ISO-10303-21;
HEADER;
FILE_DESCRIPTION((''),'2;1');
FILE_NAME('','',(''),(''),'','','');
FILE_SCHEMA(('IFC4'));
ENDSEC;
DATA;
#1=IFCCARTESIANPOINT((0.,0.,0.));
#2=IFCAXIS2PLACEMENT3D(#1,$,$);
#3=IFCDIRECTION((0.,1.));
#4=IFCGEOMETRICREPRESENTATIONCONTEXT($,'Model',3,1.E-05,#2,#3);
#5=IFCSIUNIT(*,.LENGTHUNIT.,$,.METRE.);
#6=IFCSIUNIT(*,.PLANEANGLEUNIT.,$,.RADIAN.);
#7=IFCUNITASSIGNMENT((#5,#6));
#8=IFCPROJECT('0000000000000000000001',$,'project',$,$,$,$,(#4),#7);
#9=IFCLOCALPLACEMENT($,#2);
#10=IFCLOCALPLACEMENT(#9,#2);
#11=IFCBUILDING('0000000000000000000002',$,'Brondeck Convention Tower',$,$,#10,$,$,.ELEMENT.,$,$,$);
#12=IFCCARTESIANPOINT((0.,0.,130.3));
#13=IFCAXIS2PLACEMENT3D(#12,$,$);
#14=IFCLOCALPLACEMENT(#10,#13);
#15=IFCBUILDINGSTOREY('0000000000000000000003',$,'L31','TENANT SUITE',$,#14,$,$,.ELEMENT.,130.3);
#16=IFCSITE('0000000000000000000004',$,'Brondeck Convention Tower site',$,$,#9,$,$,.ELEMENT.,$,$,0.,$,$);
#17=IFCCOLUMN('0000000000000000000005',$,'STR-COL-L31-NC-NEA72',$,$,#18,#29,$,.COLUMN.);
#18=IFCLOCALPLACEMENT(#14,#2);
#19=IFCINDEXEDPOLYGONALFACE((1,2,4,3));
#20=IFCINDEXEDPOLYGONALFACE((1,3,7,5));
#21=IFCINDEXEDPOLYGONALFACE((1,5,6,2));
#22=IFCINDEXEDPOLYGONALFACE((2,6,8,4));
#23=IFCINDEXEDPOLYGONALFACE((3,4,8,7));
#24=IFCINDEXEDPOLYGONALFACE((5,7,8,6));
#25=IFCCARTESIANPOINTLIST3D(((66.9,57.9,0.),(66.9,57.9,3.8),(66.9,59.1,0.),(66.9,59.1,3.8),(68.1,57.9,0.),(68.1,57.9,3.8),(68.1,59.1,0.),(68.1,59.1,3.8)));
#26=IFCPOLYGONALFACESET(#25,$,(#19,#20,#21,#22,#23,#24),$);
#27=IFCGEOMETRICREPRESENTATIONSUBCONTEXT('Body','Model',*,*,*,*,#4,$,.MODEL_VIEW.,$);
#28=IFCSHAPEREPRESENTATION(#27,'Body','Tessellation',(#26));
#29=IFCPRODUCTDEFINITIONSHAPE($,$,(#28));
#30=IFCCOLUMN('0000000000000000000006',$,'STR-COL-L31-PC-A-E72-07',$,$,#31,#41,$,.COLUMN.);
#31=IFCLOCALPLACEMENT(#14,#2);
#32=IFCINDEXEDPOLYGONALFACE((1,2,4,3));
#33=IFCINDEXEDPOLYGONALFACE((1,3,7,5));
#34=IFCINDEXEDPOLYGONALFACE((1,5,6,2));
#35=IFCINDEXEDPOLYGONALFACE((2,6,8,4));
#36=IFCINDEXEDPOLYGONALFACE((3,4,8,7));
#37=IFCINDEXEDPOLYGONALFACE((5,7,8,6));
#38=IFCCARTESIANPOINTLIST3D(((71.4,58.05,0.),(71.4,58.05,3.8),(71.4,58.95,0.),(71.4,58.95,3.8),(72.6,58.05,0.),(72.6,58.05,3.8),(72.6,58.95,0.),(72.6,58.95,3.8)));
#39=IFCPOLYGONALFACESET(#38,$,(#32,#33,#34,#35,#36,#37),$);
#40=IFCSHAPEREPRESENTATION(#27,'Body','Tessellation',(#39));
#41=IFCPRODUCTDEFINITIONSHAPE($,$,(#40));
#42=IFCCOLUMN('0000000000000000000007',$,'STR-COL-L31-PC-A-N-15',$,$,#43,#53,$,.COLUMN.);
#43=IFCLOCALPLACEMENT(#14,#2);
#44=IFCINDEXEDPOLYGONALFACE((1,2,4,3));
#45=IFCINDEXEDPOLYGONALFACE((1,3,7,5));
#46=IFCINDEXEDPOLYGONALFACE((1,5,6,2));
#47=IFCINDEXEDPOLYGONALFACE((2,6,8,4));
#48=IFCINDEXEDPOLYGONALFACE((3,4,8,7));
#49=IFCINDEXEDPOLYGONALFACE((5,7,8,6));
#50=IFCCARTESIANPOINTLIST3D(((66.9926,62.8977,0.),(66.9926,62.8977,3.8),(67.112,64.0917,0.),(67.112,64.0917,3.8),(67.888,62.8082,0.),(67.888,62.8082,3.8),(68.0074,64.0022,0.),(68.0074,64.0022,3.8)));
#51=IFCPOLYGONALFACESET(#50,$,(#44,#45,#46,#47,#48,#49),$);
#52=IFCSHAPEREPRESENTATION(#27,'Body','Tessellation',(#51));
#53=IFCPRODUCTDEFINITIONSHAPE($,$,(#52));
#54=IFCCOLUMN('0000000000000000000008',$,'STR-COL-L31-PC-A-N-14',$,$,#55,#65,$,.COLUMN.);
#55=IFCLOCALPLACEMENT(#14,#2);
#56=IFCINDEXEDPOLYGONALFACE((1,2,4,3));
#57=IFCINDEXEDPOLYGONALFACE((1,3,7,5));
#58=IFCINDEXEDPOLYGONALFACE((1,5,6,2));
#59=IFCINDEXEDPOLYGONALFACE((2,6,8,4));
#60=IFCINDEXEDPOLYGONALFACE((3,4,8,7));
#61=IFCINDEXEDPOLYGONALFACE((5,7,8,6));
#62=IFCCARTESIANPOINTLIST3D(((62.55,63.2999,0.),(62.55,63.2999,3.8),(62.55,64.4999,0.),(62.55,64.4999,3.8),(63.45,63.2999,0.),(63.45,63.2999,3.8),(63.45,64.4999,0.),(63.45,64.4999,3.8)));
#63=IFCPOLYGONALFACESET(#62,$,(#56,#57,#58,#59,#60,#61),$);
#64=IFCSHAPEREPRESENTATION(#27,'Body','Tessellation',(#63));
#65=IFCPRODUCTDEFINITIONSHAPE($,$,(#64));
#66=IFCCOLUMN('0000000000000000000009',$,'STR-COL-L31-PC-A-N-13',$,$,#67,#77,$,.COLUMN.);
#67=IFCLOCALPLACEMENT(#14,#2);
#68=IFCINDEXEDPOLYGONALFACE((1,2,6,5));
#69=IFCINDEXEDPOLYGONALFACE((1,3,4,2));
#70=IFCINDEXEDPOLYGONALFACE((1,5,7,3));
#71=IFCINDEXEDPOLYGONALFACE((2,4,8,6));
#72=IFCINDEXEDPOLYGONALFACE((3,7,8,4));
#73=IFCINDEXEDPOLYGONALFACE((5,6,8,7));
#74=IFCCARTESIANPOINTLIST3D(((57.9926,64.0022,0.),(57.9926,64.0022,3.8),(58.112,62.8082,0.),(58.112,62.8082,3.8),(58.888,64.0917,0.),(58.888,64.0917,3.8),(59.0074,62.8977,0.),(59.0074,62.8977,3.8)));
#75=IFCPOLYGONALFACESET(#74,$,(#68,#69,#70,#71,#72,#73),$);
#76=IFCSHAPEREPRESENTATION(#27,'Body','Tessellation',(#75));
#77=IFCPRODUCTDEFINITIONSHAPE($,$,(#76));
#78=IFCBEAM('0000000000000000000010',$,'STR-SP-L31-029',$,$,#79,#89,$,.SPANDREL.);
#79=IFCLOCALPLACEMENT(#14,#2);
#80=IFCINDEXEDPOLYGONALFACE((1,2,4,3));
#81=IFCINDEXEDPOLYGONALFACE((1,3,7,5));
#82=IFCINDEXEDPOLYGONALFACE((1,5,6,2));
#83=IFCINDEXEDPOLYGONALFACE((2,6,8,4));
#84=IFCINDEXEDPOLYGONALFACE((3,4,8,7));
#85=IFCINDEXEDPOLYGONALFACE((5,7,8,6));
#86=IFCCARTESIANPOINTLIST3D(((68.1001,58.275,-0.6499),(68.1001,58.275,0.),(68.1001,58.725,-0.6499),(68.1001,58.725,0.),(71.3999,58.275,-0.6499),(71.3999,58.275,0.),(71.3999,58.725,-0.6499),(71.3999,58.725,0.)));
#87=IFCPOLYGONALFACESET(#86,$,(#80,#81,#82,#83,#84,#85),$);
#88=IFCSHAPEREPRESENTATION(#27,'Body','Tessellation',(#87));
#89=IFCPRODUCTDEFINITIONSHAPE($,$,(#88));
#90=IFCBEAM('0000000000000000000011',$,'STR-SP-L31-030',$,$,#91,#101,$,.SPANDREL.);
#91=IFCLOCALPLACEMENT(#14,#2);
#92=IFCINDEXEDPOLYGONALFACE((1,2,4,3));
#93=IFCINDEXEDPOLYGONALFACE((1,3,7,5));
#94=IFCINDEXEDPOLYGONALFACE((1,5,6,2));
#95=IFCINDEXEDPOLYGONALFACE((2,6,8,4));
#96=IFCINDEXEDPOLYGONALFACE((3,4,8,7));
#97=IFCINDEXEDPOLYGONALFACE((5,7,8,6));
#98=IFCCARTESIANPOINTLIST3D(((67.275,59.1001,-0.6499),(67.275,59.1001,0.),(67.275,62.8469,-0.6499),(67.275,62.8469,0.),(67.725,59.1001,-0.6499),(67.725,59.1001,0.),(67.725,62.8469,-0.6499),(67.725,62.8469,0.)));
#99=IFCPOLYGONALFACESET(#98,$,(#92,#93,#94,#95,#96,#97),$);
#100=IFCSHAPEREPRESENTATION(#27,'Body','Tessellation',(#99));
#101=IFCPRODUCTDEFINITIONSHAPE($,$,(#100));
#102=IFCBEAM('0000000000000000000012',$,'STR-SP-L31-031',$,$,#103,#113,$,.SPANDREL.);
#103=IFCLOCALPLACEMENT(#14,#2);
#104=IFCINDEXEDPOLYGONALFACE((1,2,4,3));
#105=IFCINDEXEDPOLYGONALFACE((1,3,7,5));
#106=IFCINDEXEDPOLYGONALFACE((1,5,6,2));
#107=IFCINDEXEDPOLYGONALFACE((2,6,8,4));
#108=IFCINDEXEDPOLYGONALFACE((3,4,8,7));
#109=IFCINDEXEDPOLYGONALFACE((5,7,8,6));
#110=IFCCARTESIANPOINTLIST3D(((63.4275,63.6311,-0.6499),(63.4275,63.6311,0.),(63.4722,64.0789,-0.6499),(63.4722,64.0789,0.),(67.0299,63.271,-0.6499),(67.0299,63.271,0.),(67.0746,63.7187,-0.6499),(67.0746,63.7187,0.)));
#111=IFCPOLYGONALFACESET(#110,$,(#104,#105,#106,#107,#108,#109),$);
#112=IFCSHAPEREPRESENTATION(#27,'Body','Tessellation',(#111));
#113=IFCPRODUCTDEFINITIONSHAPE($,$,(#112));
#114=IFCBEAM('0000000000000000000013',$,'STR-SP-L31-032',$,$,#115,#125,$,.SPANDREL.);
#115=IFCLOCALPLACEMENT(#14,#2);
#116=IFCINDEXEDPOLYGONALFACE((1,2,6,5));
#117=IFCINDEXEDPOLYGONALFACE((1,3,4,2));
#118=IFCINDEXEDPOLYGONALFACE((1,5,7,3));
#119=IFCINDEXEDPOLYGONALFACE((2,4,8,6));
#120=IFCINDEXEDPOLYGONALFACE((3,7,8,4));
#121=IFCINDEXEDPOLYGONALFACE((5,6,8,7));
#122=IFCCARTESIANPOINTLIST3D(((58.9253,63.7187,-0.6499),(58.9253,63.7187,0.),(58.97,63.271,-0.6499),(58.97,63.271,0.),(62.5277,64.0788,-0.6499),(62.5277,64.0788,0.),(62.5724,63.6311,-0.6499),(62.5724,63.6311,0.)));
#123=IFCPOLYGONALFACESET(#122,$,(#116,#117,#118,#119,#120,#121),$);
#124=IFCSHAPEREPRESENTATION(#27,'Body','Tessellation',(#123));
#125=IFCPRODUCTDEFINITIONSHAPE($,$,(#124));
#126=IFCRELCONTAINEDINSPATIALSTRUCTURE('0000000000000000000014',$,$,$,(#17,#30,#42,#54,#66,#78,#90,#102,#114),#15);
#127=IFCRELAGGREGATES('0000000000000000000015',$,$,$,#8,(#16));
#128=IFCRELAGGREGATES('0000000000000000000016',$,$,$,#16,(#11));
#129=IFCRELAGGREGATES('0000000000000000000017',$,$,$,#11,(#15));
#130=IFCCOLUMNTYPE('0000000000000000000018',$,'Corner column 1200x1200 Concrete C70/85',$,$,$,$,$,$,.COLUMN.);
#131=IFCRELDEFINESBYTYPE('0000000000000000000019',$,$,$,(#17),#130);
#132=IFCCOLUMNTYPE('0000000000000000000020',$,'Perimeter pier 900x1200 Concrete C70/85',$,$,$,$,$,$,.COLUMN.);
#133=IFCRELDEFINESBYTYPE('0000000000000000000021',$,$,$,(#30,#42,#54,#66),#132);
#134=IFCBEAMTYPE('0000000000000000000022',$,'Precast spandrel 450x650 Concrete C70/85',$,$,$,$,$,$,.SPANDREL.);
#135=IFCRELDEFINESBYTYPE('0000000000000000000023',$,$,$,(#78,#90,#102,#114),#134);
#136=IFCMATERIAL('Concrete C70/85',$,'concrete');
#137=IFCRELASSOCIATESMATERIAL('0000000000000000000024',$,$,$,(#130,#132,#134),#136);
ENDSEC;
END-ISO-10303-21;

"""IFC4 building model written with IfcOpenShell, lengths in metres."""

from ifc_helpers import new_model, si_unit, direction, frame, origin, origin_2d, place, context, subcontext, project, spatial, rectangle, extrude, material, material_profile, profile_set, type_object, element, save


model = new_model("IFC4")

# Units and contexts
model_context = context("Model", 3, precision=1e-05, world=origin(), true_north=direction((0.0, 1.0)))
body_context = subcontext(model_context, "Body", "Model", "MODEL_VIEW")
ifc_project = project(units=[si_unit("LENGTHUNIT", "METRE"), si_unit("PLANEANGLEUNIT", "RADIAN")], contexts=[model_context])

# Site, building, storey
site_placement = place(None, origin())
site = spatial("IfcSite", under=ifc_project, at=site_placement, Name="Brondeck Convention Tower site", CompositionType="ELEMENT", RefElevation=0.0)
building_placement = place(site_placement, origin())
building = spatial("IfcBuilding", under=site, at=building_placement, Name="Brondeck Convention Tower", CompositionType="ELEMENT")
storey_placement = place(building_placement, frame((0.0, 0.0, 130.3)))
storey = spatial("IfcBuildingStorey", under=building, at=storey_placement, Name="L31", Description="TENANT SUITE", CompositionType="ELEMENT", Elevation=130.3)

# Columns
ifc_material_1 = material(Name="Concrete C70/85", Category="concrete")
ifc_material_profile_1 = material_profile(ifc_material_1, rectangle(XDim=1.2, YDim=1.2, at=origin_2d()), Name="Corner column 1200x1200 Concrete C70/85")
ifc_profile_set_1 = profile_set([ifc_material_profile_1], Name="Concrete C70/85")
column_type_1 = type_object("IfcColumnType", Name="Corner column 1200x1200 Concrete C70/85", PredefinedType="COLUMN", material=ifc_profile_set_1)
column_placement = place(storey_placement, frame((67.5, 58.5, 0.0), z_axis=(0.0, 0.0, 1.0), x_axis=(1.0, 0.0, 0.0)))
element("IfcColumn", 1, at=column_placement, inside=storey, type_object=column_type_1, Name="STR-COL-L31-NC-NEA72", PredefinedType="COLUMN", context=body_context, shape_type="SweptSolid", body=[
    extrude(rectangle(XDim=1.2, YDim=1.2, at=origin_2d()), origin(), (0.0, 0.0, 1.0), 3.8),
])
ifc_material_profile_2 = material_profile(ifc_material_1, rectangle(XDim=0.8999, YDim=1.2, at=origin_2d()), Name="Perimeter pier 900x1200 Concrete C70/85")
ifc_profile_set_2 = profile_set([ifc_material_profile_2], Name="Concrete C70/85")
column_type_2 = type_object("IfcColumnType", Name="Perimeter pier 900x1200 Concrete C70/85", PredefinedType="COLUMN", material=ifc_profile_set_2)
for number, where, z_axis, x_axis, name in (
    (2, (72.0, 58.5, 0.0), (0.0, 0.0, 1.0), (0.0, 1.0, 0.0), "STR-COL-L31-PC-A-E72-07"),
    (3, (67.5, 63.45, 0.0), (0.0, 0.0, 1.0), (-0.995037, 0.099504, 0.0), "STR-COL-L31-PC-A-N-15"),
    (4, (63.0, 63.8999, 0.0), (0.0, 0.0, 1.0), (-1.0, 0.0, 0.0), "STR-COL-L31-PC-A-N-14"),
    (5, (58.5, 63.45, 0.0), (0.0, 0.0, 1.0), (-0.995037, -0.099504, 0.0), "STR-COL-L31-PC-A-N-13"),
):
    element("IfcColumn", number, at=place(storey_placement, frame(where, z_axis=z_axis, x_axis=x_axis)), inside=storey, type_object=column_type_2, Name=name, PredefinedType="COLUMN", context=body_context, shape_type="SweptSolid", body=[
        extrude(rectangle(XDim=0.8999, YDim=1.2, at=origin_2d()), origin(), (0.0, 0.0, 1.0), 3.8),
    ])

# Beams
ifc_material_profile_3 = material_profile(ifc_material_1, rectangle(XDim=0.45, YDim=0.6499, at=origin_2d()), Name="Precast spandrel 450x650 Concrete C70/85")
ifc_profile_set_3 = profile_set([ifc_material_profile_3], Name="Concrete C70/85")
beam_type = type_object("IfcBeamType", Name="Precast spandrel 450x650 Concrete C70/85", PredefinedType="SPANDREL", material=ifc_profile_set_3)
beam_1_placement = place(storey_placement, frame((71.3999, 58.5, -0.325), z_axis=(-1.0, 0.0, 0.0), x_axis=(0.0, -1.0, 0.0)))
element("IfcBeam", 6, at=beam_1_placement, inside=storey, type_object=beam_type, Name="STR-SP-L31-029", PredefinedType="SPANDREL", context=body_context, shape_type="SweptSolid", body=[
    extrude(rectangle(XDim=0.45, YDim=0.6499, at=origin_2d()), origin(), (0.0, 0.0, 1.0), 3.2998),
])
beam_2_placement = place(storey_placement, frame((67.5, 59.1001, -0.325), z_axis=(0.0, 1.0, 0.0), x_axis=(-1.0, 0.0, 0.0)))
element("IfcBeam", 7, at=beam_2_placement, inside=storey, type_object=beam_type, Name="STR-SP-L31-030", PredefinedType="SPANDREL", context=body_context, shape_type="SweptSolid", body=[
    extrude(rectangle(XDim=0.45, YDim=0.6499, at=origin_2d()), origin(), (0.0, 0.0, 1.0), 3.7468),
])
for number, where, z_axis, x_axis, name in (
    (8, (67.0522, 63.4949, -0.325), (-0.995041, 0.09947, 0.0), (-0.09947, -0.995041, 0.0), "STR-SP-L31-031"),
    (9, (62.55, 63.855, -0.325), (-0.995041, -0.09947, 0.0), (0.09947, -0.995041, 0.0), "STR-SP-L31-032"),
):
    element("IfcBeam", number, at=place(storey_placement, frame(where, z_axis=z_axis, x_axis=x_axis)), inside=storey, type_object=beam_type, Name=name, PredefinedType="SPANDREL", context=body_context, shape_type="SweptSolid", body=[
        extrude(rectangle(XDim=0.45, YDim=0.6499, at=origin_2d()), origin(), (0.0, 0.0, 1.0), 3.6204),
    ])

save(model, "model.ifc")
